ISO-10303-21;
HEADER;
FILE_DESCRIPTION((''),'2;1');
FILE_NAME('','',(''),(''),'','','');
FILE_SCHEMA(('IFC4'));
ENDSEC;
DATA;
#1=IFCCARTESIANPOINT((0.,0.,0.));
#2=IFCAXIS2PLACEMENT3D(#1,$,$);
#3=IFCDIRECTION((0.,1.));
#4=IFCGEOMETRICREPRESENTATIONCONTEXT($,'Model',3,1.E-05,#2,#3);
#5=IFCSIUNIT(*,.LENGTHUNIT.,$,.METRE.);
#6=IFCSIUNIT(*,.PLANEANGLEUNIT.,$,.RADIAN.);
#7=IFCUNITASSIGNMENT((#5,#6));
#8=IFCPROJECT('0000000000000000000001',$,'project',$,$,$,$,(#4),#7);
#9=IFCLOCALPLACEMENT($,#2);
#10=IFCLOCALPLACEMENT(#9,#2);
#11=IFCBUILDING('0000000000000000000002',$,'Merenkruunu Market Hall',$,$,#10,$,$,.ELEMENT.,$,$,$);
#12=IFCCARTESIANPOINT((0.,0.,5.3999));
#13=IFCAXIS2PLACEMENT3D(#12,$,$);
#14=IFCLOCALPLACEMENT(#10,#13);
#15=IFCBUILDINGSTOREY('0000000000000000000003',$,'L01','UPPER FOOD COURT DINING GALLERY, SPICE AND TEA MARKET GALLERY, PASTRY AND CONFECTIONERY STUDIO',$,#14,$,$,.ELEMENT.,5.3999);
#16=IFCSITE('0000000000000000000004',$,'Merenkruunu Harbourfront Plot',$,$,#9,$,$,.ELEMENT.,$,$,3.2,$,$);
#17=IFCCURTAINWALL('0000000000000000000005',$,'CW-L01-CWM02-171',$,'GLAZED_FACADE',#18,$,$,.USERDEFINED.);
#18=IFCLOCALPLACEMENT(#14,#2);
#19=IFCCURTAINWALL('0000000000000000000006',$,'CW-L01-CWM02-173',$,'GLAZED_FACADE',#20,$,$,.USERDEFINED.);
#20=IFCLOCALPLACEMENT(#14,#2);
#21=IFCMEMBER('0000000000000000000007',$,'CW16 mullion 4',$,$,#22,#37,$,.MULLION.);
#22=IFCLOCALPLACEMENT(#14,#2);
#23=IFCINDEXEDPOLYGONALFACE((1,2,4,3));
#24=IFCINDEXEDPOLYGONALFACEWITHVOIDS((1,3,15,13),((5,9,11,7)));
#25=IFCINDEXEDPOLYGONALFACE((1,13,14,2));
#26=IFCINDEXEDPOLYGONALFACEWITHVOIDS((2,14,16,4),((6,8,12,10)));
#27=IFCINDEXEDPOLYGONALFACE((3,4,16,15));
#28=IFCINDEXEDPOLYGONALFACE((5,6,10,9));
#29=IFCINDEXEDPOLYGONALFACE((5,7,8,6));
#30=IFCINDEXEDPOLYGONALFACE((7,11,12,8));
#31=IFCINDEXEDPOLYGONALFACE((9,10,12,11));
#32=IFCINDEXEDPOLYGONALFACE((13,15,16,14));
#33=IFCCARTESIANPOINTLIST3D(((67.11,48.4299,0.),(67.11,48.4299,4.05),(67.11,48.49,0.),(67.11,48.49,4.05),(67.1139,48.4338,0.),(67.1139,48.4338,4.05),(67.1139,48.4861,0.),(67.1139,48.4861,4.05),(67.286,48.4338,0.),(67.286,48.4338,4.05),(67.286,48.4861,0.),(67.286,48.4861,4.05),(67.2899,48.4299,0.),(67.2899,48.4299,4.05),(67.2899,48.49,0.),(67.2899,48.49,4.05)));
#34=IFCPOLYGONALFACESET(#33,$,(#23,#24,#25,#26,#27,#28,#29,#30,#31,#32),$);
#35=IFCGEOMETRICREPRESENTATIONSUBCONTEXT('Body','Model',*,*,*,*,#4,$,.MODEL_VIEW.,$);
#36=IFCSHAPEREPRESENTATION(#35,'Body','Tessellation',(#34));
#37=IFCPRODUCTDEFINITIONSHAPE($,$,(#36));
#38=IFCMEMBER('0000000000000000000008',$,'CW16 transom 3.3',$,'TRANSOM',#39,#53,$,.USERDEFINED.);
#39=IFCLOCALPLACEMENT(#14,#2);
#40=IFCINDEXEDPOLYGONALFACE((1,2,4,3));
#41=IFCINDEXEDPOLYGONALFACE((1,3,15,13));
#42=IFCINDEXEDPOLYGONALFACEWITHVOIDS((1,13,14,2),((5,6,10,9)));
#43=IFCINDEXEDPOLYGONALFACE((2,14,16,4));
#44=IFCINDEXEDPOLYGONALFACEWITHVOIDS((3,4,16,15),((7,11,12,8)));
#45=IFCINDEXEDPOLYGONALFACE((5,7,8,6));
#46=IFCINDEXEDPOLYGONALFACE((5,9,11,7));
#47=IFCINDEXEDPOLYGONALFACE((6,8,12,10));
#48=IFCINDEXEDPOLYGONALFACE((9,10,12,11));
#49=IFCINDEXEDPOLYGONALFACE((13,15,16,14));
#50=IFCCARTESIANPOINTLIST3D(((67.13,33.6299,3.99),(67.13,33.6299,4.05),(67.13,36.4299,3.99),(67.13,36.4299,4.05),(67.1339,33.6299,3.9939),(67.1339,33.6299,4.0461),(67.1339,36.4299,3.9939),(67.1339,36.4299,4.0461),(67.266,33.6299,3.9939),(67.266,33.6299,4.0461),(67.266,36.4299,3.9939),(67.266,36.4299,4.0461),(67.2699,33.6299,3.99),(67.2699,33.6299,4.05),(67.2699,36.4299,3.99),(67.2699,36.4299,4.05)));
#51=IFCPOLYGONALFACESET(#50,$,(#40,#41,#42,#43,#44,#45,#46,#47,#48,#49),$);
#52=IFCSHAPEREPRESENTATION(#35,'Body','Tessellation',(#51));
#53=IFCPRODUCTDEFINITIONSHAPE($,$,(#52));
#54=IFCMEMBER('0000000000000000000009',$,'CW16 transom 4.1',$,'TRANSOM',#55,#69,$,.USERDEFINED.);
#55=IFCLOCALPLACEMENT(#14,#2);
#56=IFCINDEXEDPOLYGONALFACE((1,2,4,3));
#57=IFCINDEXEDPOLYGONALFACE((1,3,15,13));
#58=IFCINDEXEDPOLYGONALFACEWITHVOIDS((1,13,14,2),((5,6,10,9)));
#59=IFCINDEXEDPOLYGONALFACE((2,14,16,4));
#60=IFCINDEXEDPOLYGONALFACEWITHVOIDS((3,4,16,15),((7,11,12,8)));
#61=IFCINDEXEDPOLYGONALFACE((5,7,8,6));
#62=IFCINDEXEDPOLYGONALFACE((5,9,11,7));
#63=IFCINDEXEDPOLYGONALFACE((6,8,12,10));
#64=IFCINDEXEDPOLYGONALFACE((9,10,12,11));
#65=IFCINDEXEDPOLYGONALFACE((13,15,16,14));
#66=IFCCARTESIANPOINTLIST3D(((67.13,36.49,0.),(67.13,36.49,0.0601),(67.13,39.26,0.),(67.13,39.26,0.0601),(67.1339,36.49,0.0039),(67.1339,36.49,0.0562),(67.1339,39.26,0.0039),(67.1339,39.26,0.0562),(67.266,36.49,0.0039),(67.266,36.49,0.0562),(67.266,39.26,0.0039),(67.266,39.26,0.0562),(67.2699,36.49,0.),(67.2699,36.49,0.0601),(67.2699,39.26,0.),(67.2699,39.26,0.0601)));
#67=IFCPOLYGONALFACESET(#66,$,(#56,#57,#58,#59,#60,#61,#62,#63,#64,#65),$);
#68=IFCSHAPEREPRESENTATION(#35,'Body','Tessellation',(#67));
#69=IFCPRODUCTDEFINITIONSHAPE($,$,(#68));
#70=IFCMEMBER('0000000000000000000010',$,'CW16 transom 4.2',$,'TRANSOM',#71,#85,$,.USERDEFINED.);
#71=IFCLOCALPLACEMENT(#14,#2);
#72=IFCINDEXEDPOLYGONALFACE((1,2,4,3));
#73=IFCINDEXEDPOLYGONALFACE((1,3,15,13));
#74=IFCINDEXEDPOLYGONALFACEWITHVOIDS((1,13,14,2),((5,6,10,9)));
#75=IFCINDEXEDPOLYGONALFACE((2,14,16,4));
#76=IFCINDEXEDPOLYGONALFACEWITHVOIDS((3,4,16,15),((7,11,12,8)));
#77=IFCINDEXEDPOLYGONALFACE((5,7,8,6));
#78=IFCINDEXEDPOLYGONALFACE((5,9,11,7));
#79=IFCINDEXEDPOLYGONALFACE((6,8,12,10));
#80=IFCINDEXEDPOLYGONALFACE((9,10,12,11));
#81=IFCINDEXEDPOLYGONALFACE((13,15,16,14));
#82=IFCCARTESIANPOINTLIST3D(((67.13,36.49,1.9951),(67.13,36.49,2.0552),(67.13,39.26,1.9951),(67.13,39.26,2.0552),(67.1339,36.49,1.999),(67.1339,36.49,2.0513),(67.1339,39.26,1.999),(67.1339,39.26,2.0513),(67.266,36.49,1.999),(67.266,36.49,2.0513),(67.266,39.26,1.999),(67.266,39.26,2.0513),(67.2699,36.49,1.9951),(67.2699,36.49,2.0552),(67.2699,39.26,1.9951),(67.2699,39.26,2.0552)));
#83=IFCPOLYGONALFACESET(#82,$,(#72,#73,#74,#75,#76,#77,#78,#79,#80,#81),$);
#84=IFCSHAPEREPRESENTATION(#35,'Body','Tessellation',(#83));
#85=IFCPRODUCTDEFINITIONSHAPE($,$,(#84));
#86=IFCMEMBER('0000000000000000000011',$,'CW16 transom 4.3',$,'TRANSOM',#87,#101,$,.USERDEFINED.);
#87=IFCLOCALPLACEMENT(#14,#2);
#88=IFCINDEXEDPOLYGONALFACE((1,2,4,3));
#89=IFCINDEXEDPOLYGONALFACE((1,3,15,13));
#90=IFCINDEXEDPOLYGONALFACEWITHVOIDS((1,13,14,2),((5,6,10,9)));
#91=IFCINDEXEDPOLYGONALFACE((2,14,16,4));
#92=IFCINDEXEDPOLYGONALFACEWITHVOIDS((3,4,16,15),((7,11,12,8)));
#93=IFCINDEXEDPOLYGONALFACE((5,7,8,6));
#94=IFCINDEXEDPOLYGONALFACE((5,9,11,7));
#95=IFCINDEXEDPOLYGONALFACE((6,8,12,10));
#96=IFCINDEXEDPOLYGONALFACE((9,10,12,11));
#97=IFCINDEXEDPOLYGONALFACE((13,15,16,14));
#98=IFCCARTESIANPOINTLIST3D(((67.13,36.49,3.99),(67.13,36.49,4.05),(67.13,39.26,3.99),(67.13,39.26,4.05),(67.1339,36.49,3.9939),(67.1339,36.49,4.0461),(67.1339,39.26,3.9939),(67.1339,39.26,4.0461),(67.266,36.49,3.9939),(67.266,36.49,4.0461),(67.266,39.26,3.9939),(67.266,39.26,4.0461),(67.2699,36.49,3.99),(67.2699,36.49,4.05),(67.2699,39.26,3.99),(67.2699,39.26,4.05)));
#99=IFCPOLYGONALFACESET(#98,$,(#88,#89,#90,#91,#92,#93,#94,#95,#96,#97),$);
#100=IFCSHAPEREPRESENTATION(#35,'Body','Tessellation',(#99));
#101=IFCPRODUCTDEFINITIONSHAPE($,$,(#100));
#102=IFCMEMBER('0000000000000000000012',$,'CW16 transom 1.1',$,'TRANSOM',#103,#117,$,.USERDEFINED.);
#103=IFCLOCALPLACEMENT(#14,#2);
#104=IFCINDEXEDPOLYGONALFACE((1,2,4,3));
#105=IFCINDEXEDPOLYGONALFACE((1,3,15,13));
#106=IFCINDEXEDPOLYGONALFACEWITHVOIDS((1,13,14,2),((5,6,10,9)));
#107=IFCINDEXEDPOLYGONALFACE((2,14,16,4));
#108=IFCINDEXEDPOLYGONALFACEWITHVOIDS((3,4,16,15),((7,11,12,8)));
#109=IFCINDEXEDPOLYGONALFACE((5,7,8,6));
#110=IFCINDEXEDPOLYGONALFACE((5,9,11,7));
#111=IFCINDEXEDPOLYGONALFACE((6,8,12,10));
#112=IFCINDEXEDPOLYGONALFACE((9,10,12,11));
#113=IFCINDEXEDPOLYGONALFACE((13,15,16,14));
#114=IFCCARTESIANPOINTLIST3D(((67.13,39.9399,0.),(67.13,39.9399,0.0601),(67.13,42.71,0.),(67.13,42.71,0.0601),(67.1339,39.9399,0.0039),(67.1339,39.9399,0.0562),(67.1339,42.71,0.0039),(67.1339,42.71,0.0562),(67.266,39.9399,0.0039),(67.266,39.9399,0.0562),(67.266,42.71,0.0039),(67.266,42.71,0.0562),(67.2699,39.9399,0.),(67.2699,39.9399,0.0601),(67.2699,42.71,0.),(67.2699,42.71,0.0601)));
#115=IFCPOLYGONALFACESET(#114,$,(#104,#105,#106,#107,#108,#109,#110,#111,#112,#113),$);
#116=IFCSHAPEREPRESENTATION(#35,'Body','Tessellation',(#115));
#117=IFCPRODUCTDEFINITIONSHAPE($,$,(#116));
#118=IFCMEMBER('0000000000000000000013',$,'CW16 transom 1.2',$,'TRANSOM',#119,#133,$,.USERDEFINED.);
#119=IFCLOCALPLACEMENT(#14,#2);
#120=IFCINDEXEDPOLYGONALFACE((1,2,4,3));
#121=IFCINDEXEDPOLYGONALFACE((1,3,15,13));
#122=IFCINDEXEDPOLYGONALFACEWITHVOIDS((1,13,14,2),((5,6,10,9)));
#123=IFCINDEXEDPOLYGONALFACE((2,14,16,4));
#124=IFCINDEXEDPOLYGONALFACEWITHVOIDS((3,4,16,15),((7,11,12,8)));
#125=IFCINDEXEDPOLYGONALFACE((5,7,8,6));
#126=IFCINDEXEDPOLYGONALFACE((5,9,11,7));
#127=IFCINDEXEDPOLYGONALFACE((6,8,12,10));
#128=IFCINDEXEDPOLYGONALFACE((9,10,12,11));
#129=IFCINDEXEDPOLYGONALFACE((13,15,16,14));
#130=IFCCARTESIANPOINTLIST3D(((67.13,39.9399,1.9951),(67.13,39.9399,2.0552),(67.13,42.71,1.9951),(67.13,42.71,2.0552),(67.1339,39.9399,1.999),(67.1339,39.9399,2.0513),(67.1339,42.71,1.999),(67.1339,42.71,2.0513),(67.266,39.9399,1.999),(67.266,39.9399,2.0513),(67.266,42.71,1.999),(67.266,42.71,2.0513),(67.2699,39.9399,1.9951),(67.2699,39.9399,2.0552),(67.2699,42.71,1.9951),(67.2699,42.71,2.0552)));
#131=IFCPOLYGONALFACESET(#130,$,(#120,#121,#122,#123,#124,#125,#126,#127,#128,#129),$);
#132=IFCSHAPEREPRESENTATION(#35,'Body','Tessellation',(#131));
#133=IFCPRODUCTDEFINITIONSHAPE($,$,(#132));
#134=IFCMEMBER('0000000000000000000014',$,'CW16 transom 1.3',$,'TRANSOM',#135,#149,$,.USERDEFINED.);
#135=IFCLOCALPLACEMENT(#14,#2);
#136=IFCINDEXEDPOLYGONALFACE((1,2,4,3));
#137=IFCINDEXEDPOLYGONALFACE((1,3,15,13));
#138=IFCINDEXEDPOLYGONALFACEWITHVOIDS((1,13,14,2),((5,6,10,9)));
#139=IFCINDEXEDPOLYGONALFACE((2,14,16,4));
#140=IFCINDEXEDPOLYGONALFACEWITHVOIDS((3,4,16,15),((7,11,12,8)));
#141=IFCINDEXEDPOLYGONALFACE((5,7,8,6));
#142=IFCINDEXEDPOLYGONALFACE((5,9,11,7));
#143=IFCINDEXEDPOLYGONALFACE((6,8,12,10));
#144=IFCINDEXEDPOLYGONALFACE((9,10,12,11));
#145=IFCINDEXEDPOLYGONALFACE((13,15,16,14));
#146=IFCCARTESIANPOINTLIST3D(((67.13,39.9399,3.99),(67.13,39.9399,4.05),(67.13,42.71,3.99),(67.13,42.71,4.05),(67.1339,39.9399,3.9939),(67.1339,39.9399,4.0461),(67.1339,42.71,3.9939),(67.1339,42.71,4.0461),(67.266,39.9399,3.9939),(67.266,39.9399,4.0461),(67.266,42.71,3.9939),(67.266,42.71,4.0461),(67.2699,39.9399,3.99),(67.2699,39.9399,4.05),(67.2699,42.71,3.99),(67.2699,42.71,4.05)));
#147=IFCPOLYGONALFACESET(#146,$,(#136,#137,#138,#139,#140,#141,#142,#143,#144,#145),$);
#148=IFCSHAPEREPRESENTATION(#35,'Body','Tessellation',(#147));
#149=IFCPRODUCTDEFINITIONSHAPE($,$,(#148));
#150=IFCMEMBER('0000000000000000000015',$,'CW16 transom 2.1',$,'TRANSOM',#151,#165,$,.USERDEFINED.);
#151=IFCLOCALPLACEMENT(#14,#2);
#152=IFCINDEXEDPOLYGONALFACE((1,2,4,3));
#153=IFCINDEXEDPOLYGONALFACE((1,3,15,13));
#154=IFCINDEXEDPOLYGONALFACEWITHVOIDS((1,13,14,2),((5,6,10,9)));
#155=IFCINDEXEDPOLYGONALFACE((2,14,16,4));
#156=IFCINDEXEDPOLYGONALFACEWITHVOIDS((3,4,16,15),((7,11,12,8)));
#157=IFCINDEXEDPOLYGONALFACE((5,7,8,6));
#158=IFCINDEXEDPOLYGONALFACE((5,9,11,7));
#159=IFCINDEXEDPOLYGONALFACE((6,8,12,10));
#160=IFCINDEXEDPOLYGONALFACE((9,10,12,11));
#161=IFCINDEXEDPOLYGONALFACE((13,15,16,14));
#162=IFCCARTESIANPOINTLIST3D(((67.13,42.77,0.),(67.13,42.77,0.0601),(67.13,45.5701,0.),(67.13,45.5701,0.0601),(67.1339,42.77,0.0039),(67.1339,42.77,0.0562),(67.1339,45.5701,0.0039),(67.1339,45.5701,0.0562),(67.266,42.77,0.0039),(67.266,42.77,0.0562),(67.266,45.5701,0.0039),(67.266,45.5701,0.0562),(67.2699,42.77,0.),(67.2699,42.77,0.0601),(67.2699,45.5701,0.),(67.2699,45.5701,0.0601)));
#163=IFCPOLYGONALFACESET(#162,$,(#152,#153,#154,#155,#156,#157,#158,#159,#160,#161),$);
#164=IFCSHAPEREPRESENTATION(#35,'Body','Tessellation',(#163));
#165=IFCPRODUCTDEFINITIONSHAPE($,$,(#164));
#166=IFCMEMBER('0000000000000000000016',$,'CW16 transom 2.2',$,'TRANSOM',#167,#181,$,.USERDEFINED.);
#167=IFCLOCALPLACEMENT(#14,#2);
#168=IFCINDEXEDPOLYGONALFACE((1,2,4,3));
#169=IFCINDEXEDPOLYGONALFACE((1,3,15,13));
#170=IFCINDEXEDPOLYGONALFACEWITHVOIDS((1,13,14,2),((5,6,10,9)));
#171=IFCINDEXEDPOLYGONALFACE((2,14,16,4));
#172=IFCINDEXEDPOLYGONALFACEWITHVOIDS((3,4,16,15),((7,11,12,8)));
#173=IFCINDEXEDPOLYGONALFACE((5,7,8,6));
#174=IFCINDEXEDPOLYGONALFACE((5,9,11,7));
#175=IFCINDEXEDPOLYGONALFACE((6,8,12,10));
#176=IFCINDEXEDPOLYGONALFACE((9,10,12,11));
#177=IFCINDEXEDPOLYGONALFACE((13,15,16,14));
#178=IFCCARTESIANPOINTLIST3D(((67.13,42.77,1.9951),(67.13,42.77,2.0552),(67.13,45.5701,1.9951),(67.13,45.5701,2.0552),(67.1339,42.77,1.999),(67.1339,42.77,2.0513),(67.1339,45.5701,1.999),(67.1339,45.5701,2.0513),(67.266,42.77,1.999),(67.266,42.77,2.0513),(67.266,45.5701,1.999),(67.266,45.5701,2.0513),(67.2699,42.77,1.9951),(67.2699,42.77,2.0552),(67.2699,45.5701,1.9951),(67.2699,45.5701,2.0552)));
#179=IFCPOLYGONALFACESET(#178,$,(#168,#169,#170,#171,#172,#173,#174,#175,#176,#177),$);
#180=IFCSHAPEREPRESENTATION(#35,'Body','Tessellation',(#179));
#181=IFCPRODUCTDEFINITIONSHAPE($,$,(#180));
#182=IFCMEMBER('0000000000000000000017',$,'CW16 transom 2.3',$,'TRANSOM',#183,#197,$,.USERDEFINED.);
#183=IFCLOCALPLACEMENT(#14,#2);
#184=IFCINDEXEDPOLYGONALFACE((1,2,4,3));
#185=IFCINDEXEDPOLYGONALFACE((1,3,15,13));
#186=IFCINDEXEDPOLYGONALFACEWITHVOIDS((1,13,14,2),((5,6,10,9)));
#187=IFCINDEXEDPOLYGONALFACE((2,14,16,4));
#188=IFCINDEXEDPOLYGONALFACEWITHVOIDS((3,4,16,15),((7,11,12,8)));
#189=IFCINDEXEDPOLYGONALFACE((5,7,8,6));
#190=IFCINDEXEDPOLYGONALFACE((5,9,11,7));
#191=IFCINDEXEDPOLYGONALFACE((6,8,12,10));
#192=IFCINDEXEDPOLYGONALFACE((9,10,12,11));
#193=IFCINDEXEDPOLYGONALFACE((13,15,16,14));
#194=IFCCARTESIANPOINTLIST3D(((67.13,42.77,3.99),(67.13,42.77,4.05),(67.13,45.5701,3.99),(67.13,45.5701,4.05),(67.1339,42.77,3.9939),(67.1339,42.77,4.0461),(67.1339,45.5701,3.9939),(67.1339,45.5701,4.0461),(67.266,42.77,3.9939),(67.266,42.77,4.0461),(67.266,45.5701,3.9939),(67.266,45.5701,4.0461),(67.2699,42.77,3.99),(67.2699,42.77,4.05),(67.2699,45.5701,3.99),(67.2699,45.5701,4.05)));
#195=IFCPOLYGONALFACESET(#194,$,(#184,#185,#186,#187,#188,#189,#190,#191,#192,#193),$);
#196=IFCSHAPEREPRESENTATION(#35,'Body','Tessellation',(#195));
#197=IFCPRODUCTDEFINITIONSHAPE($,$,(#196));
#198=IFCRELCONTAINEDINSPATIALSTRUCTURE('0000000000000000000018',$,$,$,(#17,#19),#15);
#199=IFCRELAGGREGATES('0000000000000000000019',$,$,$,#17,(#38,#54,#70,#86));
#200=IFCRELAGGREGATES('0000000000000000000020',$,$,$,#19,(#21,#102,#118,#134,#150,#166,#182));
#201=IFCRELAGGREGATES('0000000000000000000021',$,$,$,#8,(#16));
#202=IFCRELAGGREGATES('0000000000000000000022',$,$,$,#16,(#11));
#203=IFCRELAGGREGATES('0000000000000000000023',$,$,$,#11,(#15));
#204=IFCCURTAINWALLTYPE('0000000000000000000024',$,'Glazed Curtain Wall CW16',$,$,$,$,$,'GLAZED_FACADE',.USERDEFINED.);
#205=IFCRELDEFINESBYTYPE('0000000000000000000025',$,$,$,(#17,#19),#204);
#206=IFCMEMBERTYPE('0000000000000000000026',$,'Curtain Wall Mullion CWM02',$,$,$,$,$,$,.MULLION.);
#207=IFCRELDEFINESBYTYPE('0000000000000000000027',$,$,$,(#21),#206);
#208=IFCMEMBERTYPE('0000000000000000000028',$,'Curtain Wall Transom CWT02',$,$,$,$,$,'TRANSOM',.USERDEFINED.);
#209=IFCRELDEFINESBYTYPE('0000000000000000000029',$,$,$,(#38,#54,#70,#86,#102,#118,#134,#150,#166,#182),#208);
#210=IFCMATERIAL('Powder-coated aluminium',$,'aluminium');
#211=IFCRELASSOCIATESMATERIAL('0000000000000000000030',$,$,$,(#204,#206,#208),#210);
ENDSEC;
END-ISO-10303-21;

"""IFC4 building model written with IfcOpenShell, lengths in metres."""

from ifc_helpers import new_model, si_unit, direction, frame, origin, origin_2d, place, context, subcontext, project, spatial, hollow_rectangle, extrude, material, material_profile, profile_set, type_object, element, aggregate, save


model = new_model("IFC4")

# Units and contexts
model_context = context("Model", 3, precision=1e-05, world=origin(), true_north=direction((0.0, 1.0)))
body_context = subcontext(model_context, "Body", "Model", "MODEL_VIEW")
ifc_project = project(units=[si_unit("LENGTHUNIT", "METRE"), si_unit("PLANEANGLEUNIT", "RADIAN")], contexts=[model_context])

# Site, building, storey
site_placement = place(None, origin())
site = spatial("IfcSite", under=ifc_project, at=site_placement, Name="Merenkruunu Harbourfront Plot", CompositionType="ELEMENT", RefElevation=3.2)
building_placement = place(site_placement, origin())
building = spatial("IfcBuilding", under=site, at=building_placement, Name="Merenkruunu Market Hall", CompositionType="ELEMENT")
storey_placement = place(building_placement, frame((0.0, 0.0, 5.3999)))
storey = spatial("IfcBuildingStorey", under=building, at=storey_placement, Name="L01", Description="UPPER FOOD COURT DINING GALLERY, SPICE AND TEA MARKET GALLERY, PASTRY AND CONFECTIONERY STUDIO", CompositionType="ELEMENT", Elevation=5.3999)

# Curtain walls, member
ifc_material_1 = material(Name="Powder-coated aluminium", Category="aluminium")
curtain_wall_type = type_object("IfcCurtainWallType", Name="Glazed Curtain Wall CW16", ElementType="GLAZED_FACADE", PredefinedType="USERDEFINED", material=ifc_material_1)
curtain_wall_1_placement = place(storey_placement, origin())
curtain_wall_1 = element("IfcCurtainWall", 1, at=curtain_wall_1_placement, inside=storey, type_object=curtain_wall_type, Name="CW-L01-CWM02-171", ObjectType="GLAZED_FACADE", PredefinedType="USERDEFINED")
ifc_material_profile_1 = material_profile(ifc_material_1, hollow_rectangle(XDim=0.0601, YDim=0.1799, WallThickness=0.0039, at=origin_2d()), Name="ALU 60x180x4")
ifc_profile_set_1 = profile_set([ifc_material_profile_1], Name="Powder-coated aluminium")
member_type_1 = type_object("IfcMemberType", Name="Curtain Wall Mullion CWM02", PredefinedType="MULLION", material=ifc_profile_set_1)
curtain_wall_2_placement = place(storey_placement, origin())
curtain_wall_2 = element("IfcCurtainWall", 2, at=curtain_wall_2_placement, inside=storey, type_object=curtain_wall_type, Name="CW-L01-CWM02-173", ObjectType="GLAZED_FACADE", PredefinedType="USERDEFINED")
member_1_placement = place(storey_placement, frame((67.2, 48.46, 0.0), z_axis=(0.0, 0.0, 1.0), x_axis=(0.0, 1.0, 0.0)))
member_1 = element("IfcMember", 3, at=member_1_placement, type_object=member_type_1, Name="CW16 mullion 4", PredefinedType="MULLION", context=body_context, shape_type="SweptSolid", body=[
    extrude(hollow_rectangle(XDim=0.0601, YDim=0.1799, WallThickness=0.0039, at=origin_2d()), origin(), (0.0, 0.0, 1.0), 4.05),
])

# Members
ifc_material_profile_2 = material_profile(ifc_material_1, hollow_rectangle(XDim=0.0601, YDim=0.1399, WallThickness=0.0039, at=origin_2d()), Name="ALU 60x140x4")
ifc_profile_set_2 = profile_set([ifc_material_profile_2], Name="Powder-coated aluminium")
member_type_2 = type_object("IfcMemberType", Name="Curtain Wall Transom CWT02", ElementType="TRANSOM", PredefinedType="USERDEFINED", material=ifc_profile_set_2)
member_2_placement = place(storey_placement, frame((67.2, 33.6299, 4.02), z_axis=(0.0, 1.0, 0.0), x_axis=(0.0, 0.0, 1.0)))
member_2 = element("IfcMember", 4, at=member_2_placement, type_object=member_type_2, Name="CW16 transom 3.3", ObjectType="TRANSOM", PredefinedType="USERDEFINED", context=body_context, shape_type="SweptSolid", body=[
    extrude(hollow_rectangle(XDim=0.0601, YDim=0.1399, WallThickness=0.0039, at=origin_2d()), origin(), (0.0, 0.0, 1.0), 2.8),
])
member_3_placement = place(storey_placement, frame((67.2, 36.49, 0.03), z_axis=(0.0, 1.0, 0.0), x_axis=(0.0, 0.0, 1.0)))
member_3 = element("IfcMember", 5, at=member_3_placement, type_object=member_type_2, Name="CW16 transom 4.1", ObjectType="TRANSOM", PredefinedType="USERDEFINED", context=body_context, shape_type="SweptSolid", body=[
    extrude(hollow_rectangle(XDim=0.0601, YDim=0.1399, WallThickness=0.0039, at=origin_2d()), origin(), (0.0, 0.0, 1.0), 2.77),
])
member_4_placement = place(storey_placement, frame((67.2, 36.49, 2.0251), z_axis=(0.0, 1.0, 0.0), x_axis=(0.0, 0.0, 1.0)))
member_4 = element("IfcMember", 6, at=member_4_placement, type_object=member_type_2, Name="CW16 transom 4.2", ObjectType="TRANSOM", PredefinedType="USERDEFINED", context=body_context, shape_type="SweptSolid", body=[
    extrude(hollow_rectangle(XDim=0.0601, YDim=0.1399, WallThickness=0.0039, at=origin_2d()), origin(), (0.0, 0.0, 1.0), 2.77),
])
member_5_placement = place(storey_placement, frame((67.2, 36.49, 4.02), z_axis=(0.0, 1.0, 0.0), x_axis=(0.0, 0.0, 1.0)))
member_5 = element("IfcMember", 7, at=member_5_placement, type_object=member_type_2, Name="CW16 transom 4.3", ObjectType="TRANSOM", PredefinedType="USERDEFINED", context=body_context, shape_type="SweptSolid", body=[
    extrude(hollow_rectangle(XDim=0.0601, YDim=0.1399, WallThickness=0.0039, at=origin_2d()), origin(), (0.0, 0.0, 1.0), 2.77),
])
member_6_placement = place(storey_placement, frame((67.2, 39.9399, 0.03), z_axis=(0.0, 1.0, 0.0), x_axis=(0.0, 0.0, 1.0)))
member_6 = element("IfcMember", 8, at=member_6_placement, type_object=member_type_2, Name="CW16 transom 1.1", ObjectType="TRANSOM", PredefinedType="USERDEFINED", context=body_context, shape_type="SweptSolid", body=[
    extrude(hollow_rectangle(XDim=0.0601, YDim=0.1399, WallThickness=0.0039, at=origin_2d()), origin(), (0.0, 0.0, 1.0), 2.77),
])
member_7_placement = place(storey_placement, frame((67.2, 39.9399, 2.0251), z_axis=(0.0, 1.0, 0.0), x_axis=(0.0, 0.0, 1.0)))
member_7 = element("IfcMember", 9, at=member_7_placement, type_object=member_type_2, Name="CW16 transom 1.2", ObjectType="TRANSOM", PredefinedType="USERDEFINED", context=body_context, shape_type="SweptSolid", body=[
    extrude(hollow_rectangle(XDim=0.0601, YDim=0.1399, WallThickness=0.0039, at=origin_2d()), origin(), (0.0, 0.0, 1.0), 2.77),
])
member_8_placement = place(storey_placement, frame((67.2, 39.9399, 4.02), z_axis=(0.0, 1.0, 0.0), x_axis=(0.0, 0.0, 1.0)))
member_8 = element("IfcMember", 10, at=member_8_placement, type_object=member_type_2, Name="CW16 transom 1.3", ObjectType="TRANSOM", PredefinedType="USERDEFINED", context=body_context, shape_type="SweptSolid", body=[
    extrude(hollow_rectangle(XDim=0.0601, YDim=0.1399, WallThickness=0.0039, at=origin_2d()), origin(), (0.0, 0.0, 1.0), 2.77),
])
member_9_placement = place(storey_placement, frame((67.2, 42.77, 0.03), z_axis=(0.0, 1.0, 0.0), x_axis=(0.0, 0.0, 1.0)))
member_9 = element("IfcMember", 11, at=member_9_placement, type_object=member_type_2, Name="CW16 transom 2.1", ObjectType="TRANSOM", PredefinedType="USERDEFINED", context=body_context, shape_type="SweptSolid", body=[
    extrude(hollow_rectangle(XDim=0.0601, YDim=0.1399, WallThickness=0.0039, at=origin_2d()), origin(), (0.0, 0.0, 1.0), 2.8),
])
member_10_placement = place(storey_placement, frame((67.2, 42.77, 2.0251), z_axis=(0.0, 1.0, 0.0), x_axis=(0.0, 0.0, 1.0)))
member_10 = element("IfcMember", 12, at=member_10_placement, type_object=member_type_2, Name="CW16 transom 2.2", ObjectType="TRANSOM", PredefinedType="USERDEFINED", context=body_context, shape_type="SweptSolid", body=[
    extrude(hollow_rectangle(XDim=0.0601, YDim=0.1399, WallThickness=0.0039, at=origin_2d()), origin(), (0.0, 0.0, 1.0), 2.8),
])
member_11_placement = place(storey_placement, frame((67.2, 42.77, 4.02), z_axis=(0.0, 1.0, 0.0), x_axis=(0.0, 0.0, 1.0)))
member_11 = element("IfcMember", 13, at=member_11_placement, type_object=member_type_2, Name="CW16 transom 2.3", ObjectType="TRANSOM", PredefinedType="USERDEFINED", context=body_context, shape_type="SweptSolid", body=[
    extrude(hollow_rectangle(XDim=0.0601, YDim=0.1399, WallThickness=0.0039, at=origin_2d()), origin(), (0.0, 0.0, 1.0), 2.8),
])

aggregate(curtain_wall_1, [member_2, member_3, member_4, member_5])
aggregate(curtain_wall_2, [member_1, member_6, member_7, member_8, member_9, member_10, member_11])

save(model, "model.ifc")
